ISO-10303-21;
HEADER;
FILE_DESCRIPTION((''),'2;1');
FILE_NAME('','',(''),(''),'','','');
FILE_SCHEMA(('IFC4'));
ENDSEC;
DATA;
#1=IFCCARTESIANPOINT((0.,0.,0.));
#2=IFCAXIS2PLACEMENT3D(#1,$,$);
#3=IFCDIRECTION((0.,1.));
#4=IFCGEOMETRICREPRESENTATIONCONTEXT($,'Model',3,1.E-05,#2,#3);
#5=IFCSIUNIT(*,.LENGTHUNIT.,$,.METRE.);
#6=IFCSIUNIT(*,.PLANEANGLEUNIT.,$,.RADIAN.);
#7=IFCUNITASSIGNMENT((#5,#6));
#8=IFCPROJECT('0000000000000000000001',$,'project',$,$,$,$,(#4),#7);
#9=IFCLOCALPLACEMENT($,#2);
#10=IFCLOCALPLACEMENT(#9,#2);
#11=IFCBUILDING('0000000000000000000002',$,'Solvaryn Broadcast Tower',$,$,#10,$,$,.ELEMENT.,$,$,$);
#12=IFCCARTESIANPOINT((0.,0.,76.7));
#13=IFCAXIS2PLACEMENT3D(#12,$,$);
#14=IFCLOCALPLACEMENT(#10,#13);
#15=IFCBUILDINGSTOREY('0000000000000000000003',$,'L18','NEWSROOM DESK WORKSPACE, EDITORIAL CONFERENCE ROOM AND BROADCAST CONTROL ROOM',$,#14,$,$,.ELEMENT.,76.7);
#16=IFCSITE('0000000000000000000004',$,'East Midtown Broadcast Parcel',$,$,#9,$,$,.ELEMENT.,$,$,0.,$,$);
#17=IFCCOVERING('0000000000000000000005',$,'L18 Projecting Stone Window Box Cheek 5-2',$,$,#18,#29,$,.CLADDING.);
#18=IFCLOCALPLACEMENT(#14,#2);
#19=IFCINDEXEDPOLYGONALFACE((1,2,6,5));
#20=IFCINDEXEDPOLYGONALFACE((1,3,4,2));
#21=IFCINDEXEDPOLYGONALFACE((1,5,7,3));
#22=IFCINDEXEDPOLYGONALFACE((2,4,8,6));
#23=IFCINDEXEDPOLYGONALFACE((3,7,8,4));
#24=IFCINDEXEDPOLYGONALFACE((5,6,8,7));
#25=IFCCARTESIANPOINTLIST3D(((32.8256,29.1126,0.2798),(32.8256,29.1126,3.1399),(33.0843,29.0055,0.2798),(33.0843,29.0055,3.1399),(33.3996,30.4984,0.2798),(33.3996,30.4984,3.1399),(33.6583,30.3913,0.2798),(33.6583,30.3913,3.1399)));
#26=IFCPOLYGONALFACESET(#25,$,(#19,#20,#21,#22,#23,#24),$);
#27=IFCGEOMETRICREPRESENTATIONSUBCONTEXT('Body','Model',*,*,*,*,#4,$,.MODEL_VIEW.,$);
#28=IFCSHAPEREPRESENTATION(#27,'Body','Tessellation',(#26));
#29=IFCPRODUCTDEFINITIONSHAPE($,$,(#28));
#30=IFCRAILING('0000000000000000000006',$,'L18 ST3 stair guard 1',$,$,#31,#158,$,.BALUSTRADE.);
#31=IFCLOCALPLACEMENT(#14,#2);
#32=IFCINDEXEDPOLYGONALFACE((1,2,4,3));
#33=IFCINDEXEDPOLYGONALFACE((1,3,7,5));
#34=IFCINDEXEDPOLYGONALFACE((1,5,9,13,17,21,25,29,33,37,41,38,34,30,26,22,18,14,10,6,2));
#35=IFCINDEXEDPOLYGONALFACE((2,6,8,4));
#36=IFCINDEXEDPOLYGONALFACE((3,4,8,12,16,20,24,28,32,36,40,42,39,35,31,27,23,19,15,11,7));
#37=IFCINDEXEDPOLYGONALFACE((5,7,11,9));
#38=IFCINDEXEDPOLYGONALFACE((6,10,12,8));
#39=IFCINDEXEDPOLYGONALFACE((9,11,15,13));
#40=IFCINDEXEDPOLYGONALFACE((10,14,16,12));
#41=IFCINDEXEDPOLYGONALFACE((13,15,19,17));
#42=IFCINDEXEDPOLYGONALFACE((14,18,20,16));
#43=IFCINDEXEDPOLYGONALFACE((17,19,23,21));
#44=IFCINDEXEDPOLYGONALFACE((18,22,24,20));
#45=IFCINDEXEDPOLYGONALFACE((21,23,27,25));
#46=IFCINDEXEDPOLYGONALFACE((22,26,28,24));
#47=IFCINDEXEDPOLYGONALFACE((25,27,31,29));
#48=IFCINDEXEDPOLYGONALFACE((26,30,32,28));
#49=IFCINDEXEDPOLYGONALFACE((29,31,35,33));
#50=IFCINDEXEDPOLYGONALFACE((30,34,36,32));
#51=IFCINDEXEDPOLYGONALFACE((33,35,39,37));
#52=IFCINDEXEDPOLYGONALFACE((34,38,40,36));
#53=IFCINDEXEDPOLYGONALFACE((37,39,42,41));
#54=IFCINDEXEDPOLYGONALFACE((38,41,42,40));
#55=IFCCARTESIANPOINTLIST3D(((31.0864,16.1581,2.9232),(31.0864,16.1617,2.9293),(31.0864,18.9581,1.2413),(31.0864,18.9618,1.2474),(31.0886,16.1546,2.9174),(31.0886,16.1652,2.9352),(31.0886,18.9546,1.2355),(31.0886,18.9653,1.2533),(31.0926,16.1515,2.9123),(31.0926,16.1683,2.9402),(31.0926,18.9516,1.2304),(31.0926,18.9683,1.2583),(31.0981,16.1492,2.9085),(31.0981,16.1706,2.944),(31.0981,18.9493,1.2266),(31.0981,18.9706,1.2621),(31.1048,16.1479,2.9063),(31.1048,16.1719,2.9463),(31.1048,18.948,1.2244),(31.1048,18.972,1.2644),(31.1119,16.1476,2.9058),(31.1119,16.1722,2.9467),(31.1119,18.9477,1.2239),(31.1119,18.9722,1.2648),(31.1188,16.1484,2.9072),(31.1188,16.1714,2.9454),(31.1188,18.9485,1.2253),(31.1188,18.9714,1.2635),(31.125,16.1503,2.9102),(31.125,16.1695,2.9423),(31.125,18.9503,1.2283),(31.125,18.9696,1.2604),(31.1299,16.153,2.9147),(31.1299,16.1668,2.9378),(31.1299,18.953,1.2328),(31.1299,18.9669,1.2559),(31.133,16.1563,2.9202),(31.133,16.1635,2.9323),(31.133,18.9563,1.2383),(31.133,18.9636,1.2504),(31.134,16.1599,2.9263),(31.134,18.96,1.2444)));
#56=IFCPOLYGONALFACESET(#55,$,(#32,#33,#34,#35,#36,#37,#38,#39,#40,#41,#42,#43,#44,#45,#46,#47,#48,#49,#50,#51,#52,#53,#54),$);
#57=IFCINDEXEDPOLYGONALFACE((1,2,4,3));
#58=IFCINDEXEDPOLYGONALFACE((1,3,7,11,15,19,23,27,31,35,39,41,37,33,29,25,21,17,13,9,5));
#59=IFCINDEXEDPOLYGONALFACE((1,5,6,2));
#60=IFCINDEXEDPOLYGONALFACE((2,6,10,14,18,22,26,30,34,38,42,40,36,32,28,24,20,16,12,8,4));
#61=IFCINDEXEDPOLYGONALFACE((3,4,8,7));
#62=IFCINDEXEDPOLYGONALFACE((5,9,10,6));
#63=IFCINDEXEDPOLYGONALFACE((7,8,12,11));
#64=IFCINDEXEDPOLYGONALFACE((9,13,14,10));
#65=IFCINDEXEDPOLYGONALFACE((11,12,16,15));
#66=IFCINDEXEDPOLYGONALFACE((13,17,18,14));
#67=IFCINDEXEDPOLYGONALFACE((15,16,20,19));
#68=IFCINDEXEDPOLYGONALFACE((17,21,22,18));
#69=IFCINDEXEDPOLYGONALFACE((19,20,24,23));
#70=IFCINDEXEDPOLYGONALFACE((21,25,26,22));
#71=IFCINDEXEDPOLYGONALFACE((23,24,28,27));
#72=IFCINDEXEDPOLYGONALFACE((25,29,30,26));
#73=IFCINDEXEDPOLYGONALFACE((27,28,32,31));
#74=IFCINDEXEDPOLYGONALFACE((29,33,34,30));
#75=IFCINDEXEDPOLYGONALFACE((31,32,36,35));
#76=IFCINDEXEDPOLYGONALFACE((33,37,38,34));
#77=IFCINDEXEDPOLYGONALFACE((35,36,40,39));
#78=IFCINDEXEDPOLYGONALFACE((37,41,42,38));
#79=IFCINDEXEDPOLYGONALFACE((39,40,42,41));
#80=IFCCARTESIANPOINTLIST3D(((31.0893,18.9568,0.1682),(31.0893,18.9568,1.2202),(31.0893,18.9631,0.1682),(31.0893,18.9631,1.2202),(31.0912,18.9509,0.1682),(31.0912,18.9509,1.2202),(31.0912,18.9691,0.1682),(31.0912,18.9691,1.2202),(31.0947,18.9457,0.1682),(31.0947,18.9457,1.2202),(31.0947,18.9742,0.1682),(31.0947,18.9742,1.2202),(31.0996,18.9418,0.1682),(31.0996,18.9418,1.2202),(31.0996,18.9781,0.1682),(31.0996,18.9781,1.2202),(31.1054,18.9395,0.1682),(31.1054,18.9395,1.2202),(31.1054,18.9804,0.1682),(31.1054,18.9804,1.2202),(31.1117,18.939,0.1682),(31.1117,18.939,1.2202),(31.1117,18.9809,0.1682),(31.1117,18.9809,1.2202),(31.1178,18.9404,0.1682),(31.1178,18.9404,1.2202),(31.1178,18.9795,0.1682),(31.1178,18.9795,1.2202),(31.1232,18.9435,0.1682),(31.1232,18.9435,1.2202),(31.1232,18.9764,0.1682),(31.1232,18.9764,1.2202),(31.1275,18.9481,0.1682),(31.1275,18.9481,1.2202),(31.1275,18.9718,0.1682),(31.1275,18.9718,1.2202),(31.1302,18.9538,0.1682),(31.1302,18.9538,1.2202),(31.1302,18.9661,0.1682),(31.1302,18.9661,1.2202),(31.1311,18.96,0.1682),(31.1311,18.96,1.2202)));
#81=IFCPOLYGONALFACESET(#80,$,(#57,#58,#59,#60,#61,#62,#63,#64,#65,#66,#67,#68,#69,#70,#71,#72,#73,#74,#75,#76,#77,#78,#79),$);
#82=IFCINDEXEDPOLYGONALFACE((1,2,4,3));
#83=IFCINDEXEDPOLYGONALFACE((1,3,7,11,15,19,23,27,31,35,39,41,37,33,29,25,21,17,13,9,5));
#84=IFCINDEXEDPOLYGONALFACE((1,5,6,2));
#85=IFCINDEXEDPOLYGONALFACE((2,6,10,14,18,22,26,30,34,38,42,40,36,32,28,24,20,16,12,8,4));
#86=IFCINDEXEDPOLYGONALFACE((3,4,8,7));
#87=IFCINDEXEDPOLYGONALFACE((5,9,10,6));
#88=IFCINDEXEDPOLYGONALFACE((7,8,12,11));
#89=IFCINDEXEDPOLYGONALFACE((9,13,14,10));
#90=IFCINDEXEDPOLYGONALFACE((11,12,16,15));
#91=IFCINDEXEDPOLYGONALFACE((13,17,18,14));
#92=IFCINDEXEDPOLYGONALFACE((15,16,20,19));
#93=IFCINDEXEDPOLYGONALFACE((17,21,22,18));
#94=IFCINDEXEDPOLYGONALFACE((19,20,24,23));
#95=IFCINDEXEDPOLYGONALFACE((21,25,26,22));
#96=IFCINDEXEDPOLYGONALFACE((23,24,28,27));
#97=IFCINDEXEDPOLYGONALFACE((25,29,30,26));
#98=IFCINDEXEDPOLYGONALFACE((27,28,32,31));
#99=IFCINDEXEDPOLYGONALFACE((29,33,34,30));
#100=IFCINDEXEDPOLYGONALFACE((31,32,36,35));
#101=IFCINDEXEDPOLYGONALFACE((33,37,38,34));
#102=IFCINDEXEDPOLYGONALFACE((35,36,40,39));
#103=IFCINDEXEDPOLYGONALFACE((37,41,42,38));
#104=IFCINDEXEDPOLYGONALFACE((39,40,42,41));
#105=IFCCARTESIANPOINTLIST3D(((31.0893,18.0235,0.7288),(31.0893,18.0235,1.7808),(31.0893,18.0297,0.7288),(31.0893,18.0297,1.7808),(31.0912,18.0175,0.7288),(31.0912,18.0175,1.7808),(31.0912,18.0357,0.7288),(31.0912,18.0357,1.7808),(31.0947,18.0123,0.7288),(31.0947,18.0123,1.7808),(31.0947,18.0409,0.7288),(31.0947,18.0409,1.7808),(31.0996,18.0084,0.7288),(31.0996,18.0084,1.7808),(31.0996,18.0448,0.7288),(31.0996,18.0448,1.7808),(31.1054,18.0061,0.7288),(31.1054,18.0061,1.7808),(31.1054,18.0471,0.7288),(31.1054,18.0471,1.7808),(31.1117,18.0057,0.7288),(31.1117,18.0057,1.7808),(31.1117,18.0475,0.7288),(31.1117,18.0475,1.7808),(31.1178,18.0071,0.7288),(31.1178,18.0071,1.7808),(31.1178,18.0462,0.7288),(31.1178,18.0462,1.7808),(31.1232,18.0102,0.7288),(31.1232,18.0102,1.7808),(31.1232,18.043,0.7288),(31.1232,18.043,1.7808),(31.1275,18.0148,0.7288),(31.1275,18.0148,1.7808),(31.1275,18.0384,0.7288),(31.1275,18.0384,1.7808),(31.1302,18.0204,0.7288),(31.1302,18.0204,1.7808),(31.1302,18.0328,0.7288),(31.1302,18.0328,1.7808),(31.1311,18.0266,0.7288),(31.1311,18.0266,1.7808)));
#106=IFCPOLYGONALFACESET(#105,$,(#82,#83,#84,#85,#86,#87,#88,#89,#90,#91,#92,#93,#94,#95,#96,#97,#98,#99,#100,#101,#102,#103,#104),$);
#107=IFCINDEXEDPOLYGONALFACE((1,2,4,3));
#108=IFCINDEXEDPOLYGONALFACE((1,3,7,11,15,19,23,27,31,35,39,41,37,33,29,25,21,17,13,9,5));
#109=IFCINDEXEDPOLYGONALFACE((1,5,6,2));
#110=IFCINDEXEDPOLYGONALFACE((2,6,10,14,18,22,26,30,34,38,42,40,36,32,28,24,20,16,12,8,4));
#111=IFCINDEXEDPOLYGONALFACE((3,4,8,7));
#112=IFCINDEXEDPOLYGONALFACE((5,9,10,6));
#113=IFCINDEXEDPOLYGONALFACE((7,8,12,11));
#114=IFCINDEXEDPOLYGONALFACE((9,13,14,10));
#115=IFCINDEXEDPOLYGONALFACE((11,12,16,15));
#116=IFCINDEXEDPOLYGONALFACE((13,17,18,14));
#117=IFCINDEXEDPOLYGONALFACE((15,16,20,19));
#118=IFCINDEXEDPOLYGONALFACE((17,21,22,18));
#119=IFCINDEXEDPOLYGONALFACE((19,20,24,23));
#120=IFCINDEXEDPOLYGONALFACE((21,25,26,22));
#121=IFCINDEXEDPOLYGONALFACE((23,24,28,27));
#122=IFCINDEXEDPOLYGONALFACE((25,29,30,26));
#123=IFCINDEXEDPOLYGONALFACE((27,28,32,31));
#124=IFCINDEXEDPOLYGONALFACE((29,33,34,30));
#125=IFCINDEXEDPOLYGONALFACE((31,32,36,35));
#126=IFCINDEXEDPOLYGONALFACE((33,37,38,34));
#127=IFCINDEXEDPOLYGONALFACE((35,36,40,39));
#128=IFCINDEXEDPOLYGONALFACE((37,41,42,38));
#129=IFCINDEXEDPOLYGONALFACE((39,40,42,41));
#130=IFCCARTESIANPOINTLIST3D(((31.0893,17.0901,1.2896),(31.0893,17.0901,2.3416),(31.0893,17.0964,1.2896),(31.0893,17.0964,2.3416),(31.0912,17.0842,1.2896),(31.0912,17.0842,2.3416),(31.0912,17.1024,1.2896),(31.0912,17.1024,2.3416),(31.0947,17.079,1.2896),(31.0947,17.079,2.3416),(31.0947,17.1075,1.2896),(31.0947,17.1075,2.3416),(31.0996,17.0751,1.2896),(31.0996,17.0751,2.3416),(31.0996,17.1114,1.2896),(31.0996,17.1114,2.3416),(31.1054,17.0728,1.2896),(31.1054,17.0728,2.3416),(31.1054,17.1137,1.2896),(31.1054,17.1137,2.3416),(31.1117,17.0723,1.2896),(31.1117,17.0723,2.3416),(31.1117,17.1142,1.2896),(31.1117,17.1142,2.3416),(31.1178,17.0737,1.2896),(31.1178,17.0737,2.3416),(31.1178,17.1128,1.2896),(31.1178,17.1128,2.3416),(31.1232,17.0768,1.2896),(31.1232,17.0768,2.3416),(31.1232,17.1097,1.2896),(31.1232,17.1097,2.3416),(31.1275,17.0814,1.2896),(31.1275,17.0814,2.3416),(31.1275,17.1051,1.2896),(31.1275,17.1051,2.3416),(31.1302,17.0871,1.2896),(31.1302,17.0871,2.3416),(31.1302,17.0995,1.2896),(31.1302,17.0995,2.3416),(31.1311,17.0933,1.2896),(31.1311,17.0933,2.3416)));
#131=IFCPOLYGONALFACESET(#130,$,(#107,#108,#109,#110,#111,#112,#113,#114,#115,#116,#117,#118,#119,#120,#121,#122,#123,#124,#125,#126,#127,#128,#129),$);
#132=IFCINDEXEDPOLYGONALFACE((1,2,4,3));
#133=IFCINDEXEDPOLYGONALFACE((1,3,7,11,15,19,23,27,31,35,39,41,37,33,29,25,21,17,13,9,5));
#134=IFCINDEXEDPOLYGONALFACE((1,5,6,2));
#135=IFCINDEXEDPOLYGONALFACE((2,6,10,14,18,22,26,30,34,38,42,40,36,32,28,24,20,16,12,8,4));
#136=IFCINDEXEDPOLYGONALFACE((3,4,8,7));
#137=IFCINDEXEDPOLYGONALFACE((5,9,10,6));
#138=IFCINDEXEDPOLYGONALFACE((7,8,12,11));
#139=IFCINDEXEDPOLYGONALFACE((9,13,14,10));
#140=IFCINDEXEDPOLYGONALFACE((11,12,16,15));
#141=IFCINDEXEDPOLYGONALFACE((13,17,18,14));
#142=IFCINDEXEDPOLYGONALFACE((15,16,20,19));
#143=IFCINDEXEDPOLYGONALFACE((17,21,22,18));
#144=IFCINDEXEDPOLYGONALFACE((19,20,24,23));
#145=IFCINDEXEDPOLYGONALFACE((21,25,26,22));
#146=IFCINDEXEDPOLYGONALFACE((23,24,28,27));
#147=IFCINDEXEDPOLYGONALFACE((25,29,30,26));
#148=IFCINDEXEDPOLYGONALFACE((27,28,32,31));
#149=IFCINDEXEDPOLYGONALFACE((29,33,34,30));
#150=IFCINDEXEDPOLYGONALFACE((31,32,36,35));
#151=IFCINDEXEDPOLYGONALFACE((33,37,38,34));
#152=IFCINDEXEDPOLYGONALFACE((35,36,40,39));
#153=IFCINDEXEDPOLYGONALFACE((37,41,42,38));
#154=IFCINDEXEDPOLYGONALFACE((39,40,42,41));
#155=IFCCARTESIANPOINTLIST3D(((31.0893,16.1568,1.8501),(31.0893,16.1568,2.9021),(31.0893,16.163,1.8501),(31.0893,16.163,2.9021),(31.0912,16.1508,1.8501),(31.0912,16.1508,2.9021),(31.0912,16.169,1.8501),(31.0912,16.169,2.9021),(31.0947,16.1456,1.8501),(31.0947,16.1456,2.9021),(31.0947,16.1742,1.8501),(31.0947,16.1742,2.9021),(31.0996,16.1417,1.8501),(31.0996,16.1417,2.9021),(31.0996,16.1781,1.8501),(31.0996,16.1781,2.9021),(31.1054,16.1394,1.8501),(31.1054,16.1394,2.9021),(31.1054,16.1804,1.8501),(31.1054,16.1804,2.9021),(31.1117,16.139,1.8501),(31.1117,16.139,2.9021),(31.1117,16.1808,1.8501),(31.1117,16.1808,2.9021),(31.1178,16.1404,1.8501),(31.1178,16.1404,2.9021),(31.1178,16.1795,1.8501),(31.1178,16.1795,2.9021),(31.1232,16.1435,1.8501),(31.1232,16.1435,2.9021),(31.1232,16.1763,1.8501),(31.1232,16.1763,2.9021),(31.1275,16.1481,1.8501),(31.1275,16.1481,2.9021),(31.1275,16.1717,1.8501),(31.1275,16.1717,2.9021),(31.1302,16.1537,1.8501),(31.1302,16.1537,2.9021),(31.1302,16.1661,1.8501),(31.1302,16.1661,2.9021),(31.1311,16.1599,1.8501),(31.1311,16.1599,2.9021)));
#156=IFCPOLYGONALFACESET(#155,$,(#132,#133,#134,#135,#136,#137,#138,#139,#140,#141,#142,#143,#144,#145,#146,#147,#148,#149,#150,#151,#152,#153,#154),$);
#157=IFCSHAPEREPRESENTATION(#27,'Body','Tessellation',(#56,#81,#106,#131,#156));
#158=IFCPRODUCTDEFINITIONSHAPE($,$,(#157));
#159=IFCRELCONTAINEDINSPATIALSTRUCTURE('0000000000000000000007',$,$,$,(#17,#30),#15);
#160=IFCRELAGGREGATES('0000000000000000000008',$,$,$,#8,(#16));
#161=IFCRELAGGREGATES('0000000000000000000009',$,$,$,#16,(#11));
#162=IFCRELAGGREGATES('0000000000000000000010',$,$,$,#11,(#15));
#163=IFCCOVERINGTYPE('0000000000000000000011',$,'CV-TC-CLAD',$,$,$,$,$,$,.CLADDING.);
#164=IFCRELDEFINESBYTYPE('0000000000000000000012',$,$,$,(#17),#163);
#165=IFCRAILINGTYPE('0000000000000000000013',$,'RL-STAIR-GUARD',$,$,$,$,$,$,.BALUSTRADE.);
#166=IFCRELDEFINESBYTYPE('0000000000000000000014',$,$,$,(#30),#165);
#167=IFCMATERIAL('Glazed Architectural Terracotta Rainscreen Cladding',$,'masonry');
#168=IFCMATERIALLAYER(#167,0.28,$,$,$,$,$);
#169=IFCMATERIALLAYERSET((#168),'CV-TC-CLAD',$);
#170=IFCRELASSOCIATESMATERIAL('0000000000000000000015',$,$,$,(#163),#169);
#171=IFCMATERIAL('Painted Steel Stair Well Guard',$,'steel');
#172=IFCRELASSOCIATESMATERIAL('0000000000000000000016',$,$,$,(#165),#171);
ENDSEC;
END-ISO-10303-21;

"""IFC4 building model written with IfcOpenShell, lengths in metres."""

from ifc_helpers import new_model, si_unit, direction, frame, origin, origin_2d, place, context, subcontext, project, spatial, rectangle, circle, extrude, material, layer, layer_set, type_object, element, save


model = new_model("IFC4")

# Units and contexts
model_context = context("Model", 3, precision=1e-05, world=origin(), true_north=direction((0.0, 1.0)))
body_context = subcontext(model_context, "Body", "Model", "MODEL_VIEW")
ifc_project = project(units=[si_unit("LENGTHUNIT", "METRE"), si_unit("PLANEANGLEUNIT", "RADIAN")], contexts=[model_context])

# Site, building, storey
site_placement = place(None, origin())
site = spatial("IfcSite", under=ifc_project, at=site_placement, Name="East Midtown Broadcast Parcel", CompositionType="ELEMENT", RefElevation=0.0)
building_placement = place(site_placement, origin())
building = spatial("IfcBuilding", under=site, at=building_placement, Name="Solvaryn Broadcast Tower", CompositionType="ELEMENT")
storey_placement = place(building_placement, frame((0.0, 0.0, 76.7)))
storey = spatial("IfcBuildingStorey", under=building, at=storey_placement, Name="L18", Description="NEWSROOM DESK WORKSPACE, EDITORIAL CONFERENCE ROOM AND BROADCAST CONTROL ROOM", CompositionType="ELEMENT", Elevation=76.7)

# Covering
ifc_material_1 = material(Name="Glazed Architectural Terracotta Rainscreen Cladding", Category="masonry")
ifc_layer_1 = layer(ifc_material_1, 0.28)
ifc_layer_set_1 = layer_set([ifc_layer_1], Name="CV-TC-CLAD")
covering_type_1 = type_object("IfcCoveringType", Name="CV-TC-CLAD", PredefinedType="CLADDING", material=ifc_layer_set_1)
covering_1_placement = place(storey_placement, frame((33.2419, 29.752, 0.2798), z_axis=(0.0, 0.0, 1.0), x_axis=(-0.92388, 0.382683, 0.0)))
element("IfcCovering", 1, at=covering_1_placement, inside=storey, type_object=covering_type_1, Name="L18 Projecting Stone Window Box Cheek 5-2", PredefinedType="CLADDING", context=body_context, shape_type="SweptSolid", body=[
    extrude(rectangle(XDim=0.28, YDim=1.5, at=origin_2d()), origin(), (0.0, 0.0, 1.0), 2.8601),
])

# Railing
ifc_material_2 = material(Name="Painted Steel Stair Well Guard", Category="steel")
railing_type_1 = type_object("IfcRailingType", Name="RL-STAIR-GUARD", PredefinedType="BALUSTRADE", material=ifc_material_2)
railing_1_placement = place(storey_placement, frame((31.1101, 18.96, 0.1682)))
element("IfcRailing", 2, at=railing_1_placement, inside=storey, type_object=railing_type_1, Name="L18 ST3 stair guard 1", PredefinedType="BALUSTRADE", context=body_context, shape_type="SweptSolid", body=[
    extrude(circle(Radius=0.0239, at=origin_2d()), frame((0.0, 0.0, 1.0762), z_axis=(0.0, -0.857242, 0.514913), x_axis=(1.0, 0.0, 0.0)), (0.0, 0.0, 1.0), 3.2664),
    extrude(circle(Radius=0.021, at=origin_2d()), origin(), (0.0, 0.0, 1.0), 1.052),
    extrude(circle(Radius=0.021, at=origin_2d()), frame((0.0, -0.9333, 0.5605)), (0.0, 0.0, 1.0), 1.052),
    extrude(circle(Radius=0.021, at=origin_2d()), frame((0.0, -1.8667, 1.1213)), (0.0, 0.0, 1.0), 1.052),
    extrude(circle(Radius=0.021, at=origin_2d()), frame((0.0, -2.8, 1.6819)), (0.0, 0.0, 1.0), 1.052),
])

save(model, "model.ifc")
